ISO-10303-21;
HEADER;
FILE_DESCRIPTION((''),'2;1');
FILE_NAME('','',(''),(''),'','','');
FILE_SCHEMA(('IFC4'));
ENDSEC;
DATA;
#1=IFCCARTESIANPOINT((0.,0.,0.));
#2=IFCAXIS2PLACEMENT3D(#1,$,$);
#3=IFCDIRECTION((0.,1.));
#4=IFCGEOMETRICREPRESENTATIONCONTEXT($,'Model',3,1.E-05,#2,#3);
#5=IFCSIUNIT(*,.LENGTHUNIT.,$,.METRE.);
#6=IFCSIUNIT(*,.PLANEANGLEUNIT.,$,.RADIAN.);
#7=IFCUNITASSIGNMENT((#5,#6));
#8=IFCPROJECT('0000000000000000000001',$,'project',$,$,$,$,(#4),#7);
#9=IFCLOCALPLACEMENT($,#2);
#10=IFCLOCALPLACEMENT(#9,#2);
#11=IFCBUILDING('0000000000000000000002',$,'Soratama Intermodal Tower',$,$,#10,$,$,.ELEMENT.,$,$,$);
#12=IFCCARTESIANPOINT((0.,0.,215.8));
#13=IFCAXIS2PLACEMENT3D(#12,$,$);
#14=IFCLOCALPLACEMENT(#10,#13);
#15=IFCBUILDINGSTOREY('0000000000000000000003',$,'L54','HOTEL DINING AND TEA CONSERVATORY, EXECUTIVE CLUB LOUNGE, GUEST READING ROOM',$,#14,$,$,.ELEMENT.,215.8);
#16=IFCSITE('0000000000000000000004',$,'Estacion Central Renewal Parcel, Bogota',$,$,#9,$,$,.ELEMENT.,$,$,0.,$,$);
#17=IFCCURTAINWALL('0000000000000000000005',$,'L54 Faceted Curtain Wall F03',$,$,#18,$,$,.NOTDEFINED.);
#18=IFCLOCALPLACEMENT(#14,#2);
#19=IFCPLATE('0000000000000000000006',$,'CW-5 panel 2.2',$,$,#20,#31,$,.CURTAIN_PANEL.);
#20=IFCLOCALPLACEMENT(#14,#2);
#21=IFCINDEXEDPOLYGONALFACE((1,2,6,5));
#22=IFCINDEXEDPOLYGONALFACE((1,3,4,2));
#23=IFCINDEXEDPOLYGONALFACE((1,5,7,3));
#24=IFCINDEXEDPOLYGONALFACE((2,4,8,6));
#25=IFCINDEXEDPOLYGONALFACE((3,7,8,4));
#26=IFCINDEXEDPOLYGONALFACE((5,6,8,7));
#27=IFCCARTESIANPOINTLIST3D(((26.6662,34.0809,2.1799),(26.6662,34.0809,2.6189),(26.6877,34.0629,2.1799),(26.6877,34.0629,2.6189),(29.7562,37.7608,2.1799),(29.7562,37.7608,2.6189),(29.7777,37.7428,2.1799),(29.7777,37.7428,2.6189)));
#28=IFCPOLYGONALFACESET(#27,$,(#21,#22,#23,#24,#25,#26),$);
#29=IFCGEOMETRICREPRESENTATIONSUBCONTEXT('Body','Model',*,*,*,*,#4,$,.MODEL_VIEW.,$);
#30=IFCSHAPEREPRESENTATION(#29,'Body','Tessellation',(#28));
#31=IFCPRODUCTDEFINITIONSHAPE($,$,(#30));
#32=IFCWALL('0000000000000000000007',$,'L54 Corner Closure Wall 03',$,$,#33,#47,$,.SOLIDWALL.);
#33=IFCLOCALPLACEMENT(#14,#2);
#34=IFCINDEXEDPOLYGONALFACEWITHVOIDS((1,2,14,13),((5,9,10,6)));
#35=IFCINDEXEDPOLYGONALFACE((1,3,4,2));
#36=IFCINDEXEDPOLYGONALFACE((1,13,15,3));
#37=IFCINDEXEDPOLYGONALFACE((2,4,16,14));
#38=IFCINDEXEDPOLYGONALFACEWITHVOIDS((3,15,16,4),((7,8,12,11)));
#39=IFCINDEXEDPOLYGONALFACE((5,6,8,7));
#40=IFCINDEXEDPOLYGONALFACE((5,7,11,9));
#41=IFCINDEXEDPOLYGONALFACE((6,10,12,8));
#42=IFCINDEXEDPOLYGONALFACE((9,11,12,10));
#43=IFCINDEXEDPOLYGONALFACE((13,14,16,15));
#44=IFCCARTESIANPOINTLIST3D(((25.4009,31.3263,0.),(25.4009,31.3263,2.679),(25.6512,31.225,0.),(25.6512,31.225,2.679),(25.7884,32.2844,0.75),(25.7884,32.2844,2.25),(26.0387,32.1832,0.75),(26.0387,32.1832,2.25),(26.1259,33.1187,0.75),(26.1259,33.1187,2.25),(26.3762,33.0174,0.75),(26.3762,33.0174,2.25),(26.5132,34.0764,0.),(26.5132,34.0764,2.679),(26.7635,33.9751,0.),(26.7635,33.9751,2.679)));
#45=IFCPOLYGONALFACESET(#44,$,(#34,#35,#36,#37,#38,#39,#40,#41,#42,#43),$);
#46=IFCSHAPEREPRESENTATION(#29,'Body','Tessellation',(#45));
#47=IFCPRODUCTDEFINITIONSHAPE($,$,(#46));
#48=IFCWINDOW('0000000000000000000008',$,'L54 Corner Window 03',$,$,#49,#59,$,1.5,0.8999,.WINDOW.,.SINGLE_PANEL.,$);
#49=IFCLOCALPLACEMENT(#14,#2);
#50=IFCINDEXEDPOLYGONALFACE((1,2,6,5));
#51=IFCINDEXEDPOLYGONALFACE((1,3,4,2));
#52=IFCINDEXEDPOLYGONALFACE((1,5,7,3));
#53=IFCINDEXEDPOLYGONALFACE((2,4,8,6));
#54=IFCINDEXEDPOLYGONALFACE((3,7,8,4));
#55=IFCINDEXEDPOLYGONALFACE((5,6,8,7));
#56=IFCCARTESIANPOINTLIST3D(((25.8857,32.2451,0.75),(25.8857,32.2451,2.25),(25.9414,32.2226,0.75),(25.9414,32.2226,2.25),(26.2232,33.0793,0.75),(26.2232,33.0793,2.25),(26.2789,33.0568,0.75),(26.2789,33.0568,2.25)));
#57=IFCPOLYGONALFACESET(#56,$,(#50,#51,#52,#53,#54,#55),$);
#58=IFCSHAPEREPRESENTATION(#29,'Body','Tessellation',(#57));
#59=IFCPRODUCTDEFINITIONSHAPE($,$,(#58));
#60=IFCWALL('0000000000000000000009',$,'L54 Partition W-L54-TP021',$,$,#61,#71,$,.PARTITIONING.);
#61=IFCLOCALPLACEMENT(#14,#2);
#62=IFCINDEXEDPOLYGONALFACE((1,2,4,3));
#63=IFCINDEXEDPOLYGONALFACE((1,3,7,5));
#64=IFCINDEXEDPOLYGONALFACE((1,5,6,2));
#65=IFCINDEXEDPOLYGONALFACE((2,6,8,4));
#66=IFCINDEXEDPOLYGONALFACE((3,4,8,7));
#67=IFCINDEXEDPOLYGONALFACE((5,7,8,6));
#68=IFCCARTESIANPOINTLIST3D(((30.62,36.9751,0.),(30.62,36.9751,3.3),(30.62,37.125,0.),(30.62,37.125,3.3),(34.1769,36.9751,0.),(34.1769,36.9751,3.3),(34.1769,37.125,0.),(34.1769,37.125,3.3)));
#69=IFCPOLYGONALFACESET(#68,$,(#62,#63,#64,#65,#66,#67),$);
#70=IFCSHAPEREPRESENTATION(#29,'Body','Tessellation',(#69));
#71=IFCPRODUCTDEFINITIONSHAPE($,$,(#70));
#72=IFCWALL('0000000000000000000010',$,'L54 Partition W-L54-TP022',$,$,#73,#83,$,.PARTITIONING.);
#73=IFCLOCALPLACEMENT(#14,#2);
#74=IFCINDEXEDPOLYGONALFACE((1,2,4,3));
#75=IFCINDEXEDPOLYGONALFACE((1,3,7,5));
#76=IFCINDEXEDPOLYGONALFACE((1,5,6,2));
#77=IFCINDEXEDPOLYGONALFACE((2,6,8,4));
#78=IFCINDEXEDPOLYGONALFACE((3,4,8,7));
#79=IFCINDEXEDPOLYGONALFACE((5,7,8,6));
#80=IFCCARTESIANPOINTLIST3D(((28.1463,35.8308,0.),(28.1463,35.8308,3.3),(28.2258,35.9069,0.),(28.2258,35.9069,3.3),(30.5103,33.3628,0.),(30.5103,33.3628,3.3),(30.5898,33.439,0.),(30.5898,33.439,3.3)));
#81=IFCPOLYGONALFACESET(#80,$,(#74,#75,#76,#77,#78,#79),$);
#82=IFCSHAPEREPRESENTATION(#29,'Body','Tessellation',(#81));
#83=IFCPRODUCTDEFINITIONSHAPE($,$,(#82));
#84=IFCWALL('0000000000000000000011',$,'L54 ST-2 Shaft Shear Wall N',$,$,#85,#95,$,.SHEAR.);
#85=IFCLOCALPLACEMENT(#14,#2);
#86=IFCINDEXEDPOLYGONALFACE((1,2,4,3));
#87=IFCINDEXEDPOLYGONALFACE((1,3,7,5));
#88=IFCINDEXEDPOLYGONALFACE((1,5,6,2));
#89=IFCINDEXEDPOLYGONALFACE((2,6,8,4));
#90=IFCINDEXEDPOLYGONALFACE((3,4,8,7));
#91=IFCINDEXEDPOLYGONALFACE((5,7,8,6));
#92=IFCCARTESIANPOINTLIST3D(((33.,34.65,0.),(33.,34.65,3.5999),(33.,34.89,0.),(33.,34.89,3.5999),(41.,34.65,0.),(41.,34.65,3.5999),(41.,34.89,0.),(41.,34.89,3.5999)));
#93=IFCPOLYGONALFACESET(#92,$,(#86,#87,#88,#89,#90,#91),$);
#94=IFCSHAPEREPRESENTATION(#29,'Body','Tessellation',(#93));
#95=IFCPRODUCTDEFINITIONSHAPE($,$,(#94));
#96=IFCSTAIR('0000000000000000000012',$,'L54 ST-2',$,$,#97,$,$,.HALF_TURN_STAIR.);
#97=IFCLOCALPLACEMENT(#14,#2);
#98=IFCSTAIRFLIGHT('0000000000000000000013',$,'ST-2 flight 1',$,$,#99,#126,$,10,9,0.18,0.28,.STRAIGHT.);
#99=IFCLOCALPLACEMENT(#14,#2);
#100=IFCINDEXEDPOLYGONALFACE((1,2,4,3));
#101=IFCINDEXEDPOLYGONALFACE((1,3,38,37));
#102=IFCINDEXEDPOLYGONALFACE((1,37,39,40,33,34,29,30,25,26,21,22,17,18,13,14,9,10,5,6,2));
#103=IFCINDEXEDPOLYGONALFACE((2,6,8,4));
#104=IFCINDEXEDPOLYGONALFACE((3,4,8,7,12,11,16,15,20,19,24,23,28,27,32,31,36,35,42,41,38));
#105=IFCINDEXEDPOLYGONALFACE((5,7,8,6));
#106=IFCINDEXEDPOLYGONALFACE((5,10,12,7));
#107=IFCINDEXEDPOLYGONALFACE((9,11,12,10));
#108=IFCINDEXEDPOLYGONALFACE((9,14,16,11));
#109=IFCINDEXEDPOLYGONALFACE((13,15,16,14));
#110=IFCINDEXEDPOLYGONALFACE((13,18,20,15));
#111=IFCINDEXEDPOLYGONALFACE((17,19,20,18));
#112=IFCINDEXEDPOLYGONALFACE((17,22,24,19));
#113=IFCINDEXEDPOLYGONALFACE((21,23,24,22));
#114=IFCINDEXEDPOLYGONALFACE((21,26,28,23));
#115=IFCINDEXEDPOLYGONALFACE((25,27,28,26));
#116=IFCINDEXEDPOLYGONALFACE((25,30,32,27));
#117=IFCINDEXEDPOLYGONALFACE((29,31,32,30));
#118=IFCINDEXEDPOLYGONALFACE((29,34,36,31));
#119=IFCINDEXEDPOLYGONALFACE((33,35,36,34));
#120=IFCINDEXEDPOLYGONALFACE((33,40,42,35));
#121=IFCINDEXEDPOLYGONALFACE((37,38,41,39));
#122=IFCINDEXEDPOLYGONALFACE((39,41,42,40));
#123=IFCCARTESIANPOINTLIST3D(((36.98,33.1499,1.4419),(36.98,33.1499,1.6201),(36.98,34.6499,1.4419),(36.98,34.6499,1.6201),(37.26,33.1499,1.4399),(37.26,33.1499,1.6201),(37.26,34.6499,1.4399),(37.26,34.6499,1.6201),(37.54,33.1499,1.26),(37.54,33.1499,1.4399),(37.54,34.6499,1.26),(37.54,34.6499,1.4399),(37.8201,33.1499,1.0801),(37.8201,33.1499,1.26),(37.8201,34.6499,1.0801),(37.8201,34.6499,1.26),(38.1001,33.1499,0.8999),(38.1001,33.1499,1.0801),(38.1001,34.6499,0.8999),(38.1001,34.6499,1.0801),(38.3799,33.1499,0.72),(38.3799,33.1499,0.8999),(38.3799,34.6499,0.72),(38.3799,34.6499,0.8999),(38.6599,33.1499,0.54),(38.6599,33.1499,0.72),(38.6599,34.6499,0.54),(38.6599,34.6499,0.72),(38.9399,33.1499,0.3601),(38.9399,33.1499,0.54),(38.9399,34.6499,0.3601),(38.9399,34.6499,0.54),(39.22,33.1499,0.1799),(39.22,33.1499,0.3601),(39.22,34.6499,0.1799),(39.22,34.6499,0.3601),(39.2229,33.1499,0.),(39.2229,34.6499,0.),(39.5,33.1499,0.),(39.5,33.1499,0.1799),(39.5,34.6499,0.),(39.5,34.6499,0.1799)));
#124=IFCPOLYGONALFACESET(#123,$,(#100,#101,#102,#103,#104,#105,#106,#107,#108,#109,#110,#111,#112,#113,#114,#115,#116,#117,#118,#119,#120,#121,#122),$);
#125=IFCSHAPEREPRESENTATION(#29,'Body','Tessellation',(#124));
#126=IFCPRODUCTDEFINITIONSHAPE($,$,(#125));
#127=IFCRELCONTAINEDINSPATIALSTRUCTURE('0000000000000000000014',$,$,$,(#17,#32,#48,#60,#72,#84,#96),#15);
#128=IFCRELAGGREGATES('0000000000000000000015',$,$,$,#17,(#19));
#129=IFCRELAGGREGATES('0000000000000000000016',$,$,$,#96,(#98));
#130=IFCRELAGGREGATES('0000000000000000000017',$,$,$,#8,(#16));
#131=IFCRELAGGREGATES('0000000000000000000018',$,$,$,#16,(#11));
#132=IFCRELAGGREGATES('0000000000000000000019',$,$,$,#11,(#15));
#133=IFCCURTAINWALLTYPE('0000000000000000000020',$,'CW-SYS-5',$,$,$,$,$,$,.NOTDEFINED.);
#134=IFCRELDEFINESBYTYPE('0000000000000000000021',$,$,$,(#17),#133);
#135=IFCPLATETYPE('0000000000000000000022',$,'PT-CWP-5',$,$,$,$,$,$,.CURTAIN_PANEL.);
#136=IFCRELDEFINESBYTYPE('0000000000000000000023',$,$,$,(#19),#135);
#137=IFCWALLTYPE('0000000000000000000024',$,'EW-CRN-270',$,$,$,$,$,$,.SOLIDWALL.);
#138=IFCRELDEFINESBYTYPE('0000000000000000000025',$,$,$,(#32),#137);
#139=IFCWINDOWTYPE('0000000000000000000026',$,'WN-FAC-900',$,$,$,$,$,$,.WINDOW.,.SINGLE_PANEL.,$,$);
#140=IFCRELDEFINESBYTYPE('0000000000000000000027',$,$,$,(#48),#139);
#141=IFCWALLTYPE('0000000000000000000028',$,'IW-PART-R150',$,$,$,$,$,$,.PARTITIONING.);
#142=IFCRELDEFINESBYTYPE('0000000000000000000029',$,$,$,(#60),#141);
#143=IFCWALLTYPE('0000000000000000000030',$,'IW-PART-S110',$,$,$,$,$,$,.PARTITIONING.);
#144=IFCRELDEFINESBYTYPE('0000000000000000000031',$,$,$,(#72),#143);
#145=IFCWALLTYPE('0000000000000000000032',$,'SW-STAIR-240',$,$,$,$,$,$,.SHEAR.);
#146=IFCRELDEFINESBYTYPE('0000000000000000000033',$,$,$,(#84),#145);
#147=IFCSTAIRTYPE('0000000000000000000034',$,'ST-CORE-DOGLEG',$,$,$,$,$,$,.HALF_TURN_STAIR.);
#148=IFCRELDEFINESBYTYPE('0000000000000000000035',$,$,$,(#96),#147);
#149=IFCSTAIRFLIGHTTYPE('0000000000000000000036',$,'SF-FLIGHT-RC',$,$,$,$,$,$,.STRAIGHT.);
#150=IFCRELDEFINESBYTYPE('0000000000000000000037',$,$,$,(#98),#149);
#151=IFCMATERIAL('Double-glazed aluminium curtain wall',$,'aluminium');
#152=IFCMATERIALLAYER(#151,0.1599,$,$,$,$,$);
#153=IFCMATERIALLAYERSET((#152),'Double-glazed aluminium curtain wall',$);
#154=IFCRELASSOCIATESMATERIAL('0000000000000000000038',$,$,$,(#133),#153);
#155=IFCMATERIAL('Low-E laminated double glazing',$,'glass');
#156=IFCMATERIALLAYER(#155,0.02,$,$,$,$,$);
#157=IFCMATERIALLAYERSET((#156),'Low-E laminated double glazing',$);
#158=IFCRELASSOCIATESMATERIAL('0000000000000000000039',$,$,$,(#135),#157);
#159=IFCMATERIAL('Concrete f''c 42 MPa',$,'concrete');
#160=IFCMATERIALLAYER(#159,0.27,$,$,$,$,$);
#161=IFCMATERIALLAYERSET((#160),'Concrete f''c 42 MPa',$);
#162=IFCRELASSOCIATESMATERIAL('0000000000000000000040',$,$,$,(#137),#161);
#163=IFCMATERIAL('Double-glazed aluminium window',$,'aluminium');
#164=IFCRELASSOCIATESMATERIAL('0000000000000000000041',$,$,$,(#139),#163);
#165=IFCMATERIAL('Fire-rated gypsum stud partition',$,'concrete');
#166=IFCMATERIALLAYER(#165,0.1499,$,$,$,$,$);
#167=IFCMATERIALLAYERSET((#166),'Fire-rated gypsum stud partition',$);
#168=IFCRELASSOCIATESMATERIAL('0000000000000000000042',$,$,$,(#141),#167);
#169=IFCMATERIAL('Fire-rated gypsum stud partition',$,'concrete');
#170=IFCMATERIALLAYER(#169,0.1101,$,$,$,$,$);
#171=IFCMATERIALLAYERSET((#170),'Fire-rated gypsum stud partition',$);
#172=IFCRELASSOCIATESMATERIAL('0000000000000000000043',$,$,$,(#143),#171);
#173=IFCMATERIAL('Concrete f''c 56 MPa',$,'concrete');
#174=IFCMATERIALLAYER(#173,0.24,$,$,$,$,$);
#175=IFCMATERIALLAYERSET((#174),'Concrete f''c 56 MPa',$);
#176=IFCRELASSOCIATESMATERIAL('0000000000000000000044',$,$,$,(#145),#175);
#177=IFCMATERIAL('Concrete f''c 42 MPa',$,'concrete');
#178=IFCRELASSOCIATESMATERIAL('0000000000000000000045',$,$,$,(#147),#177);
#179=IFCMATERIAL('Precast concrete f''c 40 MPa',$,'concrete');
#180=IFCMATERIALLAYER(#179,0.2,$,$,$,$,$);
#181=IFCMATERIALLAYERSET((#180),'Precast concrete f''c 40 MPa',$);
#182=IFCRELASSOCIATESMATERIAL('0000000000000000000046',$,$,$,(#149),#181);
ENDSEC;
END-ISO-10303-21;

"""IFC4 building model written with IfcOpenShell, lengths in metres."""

from ifc_helpers import new_model, si_unit, direction, frame, frame_2d, origin, origin_2d, place, context, subcontext, project, spatial, polyline, rectangle, outline, extrude, material, layer, layer_set, type_object, element, fill, aggregate, save


model = new_model("IFC4")

# Units and contexts
model_context = context("Model", 3, precision=1e-05, world=origin(), true_north=direction((0.0, 1.0)))
body_context = subcontext(model_context, "Body", "Model", "MODEL_VIEW")
ifc_project = project(units=[si_unit("LENGTHUNIT", "METRE"), si_unit("PLANEANGLEUNIT", "RADIAN")], contexts=[model_context])

# Site, building, storey
site_placement = place(None, origin())
site = spatial("IfcSite", under=ifc_project, at=site_placement, Name="Estacion Central Renewal Parcel, Bogota", CompositionType="ELEMENT", RefElevation=0.0)
building_placement = place(site_placement, origin())
building = spatial("IfcBuilding", under=site, at=building_placement, Name="Soratama Intermodal Tower", CompositionType="ELEMENT")
storey_placement = place(building_placement, frame((0.0, 0.0, 215.8)))
storey = spatial("IfcBuildingStorey", under=building, at=storey_placement, Name="L54", Description="HOTEL DINING AND TEA CONSERVATORY, EXECUTIVE CLUB LOUNGE, GUEST READING ROOM", CompositionType="ELEMENT", Elevation=215.8)

# Curtain wall, plate
ifc_material_1 = material(Name="Double-glazed aluminium curtain wall", Category="aluminium")
ifc_layer_1 = layer(ifc_material_1, 0.1599)
ifc_layer_set_1 = layer_set([ifc_layer_1], Name="Double-glazed aluminium curtain wall")
curtain_wall_type = type_object("IfcCurtainWallType", Name="CW-SYS-5", PredefinedType="NOTDEFINED", material=ifc_layer_set_1)
curtain_wall_placement = place(storey_placement, origin())
curtain_wall = element("IfcCurtainWall", 1, at=curtain_wall_placement, inside=storey, type_object=curtain_wall_type, Name="L54 Faceted Curtain Wall F03", PredefinedType="NOTDEFINED")
ifc_material_2 = material(Name="Low-E laminated double glazing", Category="glass")
ifc_layer_2 = layer(ifc_material_2, 0.02)
ifc_layer_set_2 = layer_set([ifc_layer_2], Name="Low-E laminated double glazing")
plate_type = type_object("IfcPlateType", Name="PT-CWP-5", PredefinedType="CURTAIN_PANEL", material=ifc_layer_set_2)
plate_1_placement = place(storey_placement, frame((28.2219, 35.9119, 2.1799), z_axis=(0.0, 0.0, 1.0), x_axis=(-0.643051, -0.765823, 0.0)))
plate_1 = element("IfcPlate", 2, at=plate_1_placement, type_object=plate_type, Name="CW-5 panel 2.2", PredefinedType="CURTAIN_PANEL", context=body_context, shape_type="SweptSolid", body=[
    extrude(rectangle(XDim=4.8052, YDim=0.0281, at=origin_2d()), origin(), (0.0, 0.0, 1.0), 0.439),
])
aggregate(curtain_wall, [plate_1])

# Wall, opening, window
ifc_material_3 = material(Name="Concrete f'c 42 MPa", Category="concrete")
ifc_layer_3 = layer(ifc_material_3, 0.27)
ifc_layer_set_3 = layer_set([ifc_layer_3], Name="Concrete f'c 42 MPa")
wall_type_1 = type_object("IfcWallType", Name="EW-CRN-270", PredefinedType="SOLIDWALL", material=ifc_layer_set_3)
wall_1_placement = place(storey_placement, frame((26.6384, 34.0259, 0.0), z_axis=(0.0, 0.0, 1.0), x_axis=(-0.374964, -0.927039, 0.0)))
wall_1 = element("IfcWall", 3, at=wall_1_placement, inside=storey, type_object=wall_type_1, Name="L54 Corner Closure Wall 03", PredefinedType="SOLIDWALL", context=body_context, shape_type="SweptSolid", body=[
    extrude(rectangle(XDim=2.9666, YDim=0.27, at=frame_2d((1.4834, 0.0))), origin(), (0.0, 0.0, 1.0), 2.679),
])
opening_1_placement = place(wall_1_placement, frame((1.0332, 0.0, 0.75)))
opening_1 = element("IfcOpeningElement", 4, at=opening_1_placement, cuts=wall_1, PredefinedType="OPENING", context=body_context, shape_type="SweptSolid", body=[
    extrude(rectangle(XDim=0.8999, YDim=1.5, at=frame_2d((0.45, 0.75))), frame((0.0, 0.145, 0.0), z_axis=(0.0, -1.0, 0.0), x_axis=(1.0, 0.0, 0.0)), (0.0, 0.0, 1.0), 0.29),
])
ifc_material_4 = material(Name="Double-glazed aluminium window", Category="aluminium")
window_type = type_object("IfcWindowType", Name="WN-FAC-900", PartitioningType="SINGLE_PANEL", PredefinedType="WINDOW", material=ifc_material_4)
window_placement = place(opening_1_placement, origin())
window = element("IfcWindow", 5, at=window_placement, inside=storey, type_object=window_type, Name="L54 Corner Window 03", OverallHeight=1.5, OverallWidth=0.8999, PartitioningType="SINGLE_PANEL", PredefinedType="WINDOW", context=body_context, shape_type="SweptSolid", body=[
    extrude(rectangle(XDim=0.8999, YDim=1.5, at=frame_2d((0.45, 0.75))), frame((0.0, 0.03, 0.0), z_axis=(0.0, -1.0, 0.0), x_axis=(1.0, 0.0, 0.0)), (0.0, 0.0, 1.0), 0.0601),
])
fill(opening_1, window)

# Shared definitions
ifc_material_5 = material(Name="Fire-rated gypsum stud partition", Category="concrete")
ifc_layer_4 = layer(ifc_material_5, 0.1499)
ifc_layer_set_4 = layer_set([ifc_layer_4], Name="Fire-rated gypsum stud partition")
wall_type_2 = type_object("IfcWallType", Name="IW-PART-R150", PredefinedType="PARTITIONING", material=ifc_layer_set_4)

# Walls
wall_2_placement = place(storey_placement, frame((30.6201, 37.05, 0.0), z_axis=(0.0, 0.0, 1.0), x_axis=(1.0, 0.0, 0.0)))
element("IfcWall", 6, at=wall_2_placement, inside=storey, type_object=wall_type_2, Name="L54 Partition W-L54-TP021", PredefinedType="PARTITIONING", context=body_context, shape_type="SweptSolid", body=[
    extrude(rectangle(XDim=3.5569, YDim=0.1499, at=frame_2d((1.7783, 0.0))), origin(), (0.0, 0.0, 1.0), 3.3),
])
ifc_material_6 = material(Name="Fire-rated gypsum stud partition", Category="concrete")
ifc_layer_5 = layer(ifc_material_6, 0.1101)
ifc_layer_set_5 = layer_set([ifc_layer_5], Name="Fire-rated gypsum stud partition")
wall_type_3 = type_object("IfcWallType", Name="IW-PART-S110", PredefinedType="PARTITIONING", material=ifc_layer_set_5)
wall_3_placement = place(storey_placement, frame((30.55, 33.4009, 0.0), z_axis=(0.0, 0.0, 1.0), x_axis=(-0.691727, 0.722159, 0.0)))
element("IfcWall", 7, at=wall_3_placement, inside=storey, type_object=wall_type_3, Name="L54 Partition W-L54-TP022", PredefinedType="PARTITIONING", context=body_context, shape_type="SweptSolid", body=[
    extrude(rectangle(XDim=3.4175, YDim=0.1101, at=frame_2d((1.7087, 0.0))), origin(), (0.0, 0.0, 1.0), 3.3),
])
ifc_material_7 = material(Name="Concrete f'c 56 MPa", Category="concrete")
ifc_layer_6 = layer(ifc_material_7, 0.24)
ifc_layer_set_6 = layer_set([ifc_layer_6], Name="Concrete f'c 56 MPa")
wall_type_4 = type_object("IfcWallType", Name="SW-STAIR-240", PredefinedType="SHEAR", material=ifc_layer_set_6)
wall_4_placement = place(storey_placement, frame((33.0, 34.77, 0.0), z_axis=(0.0, 0.0, 1.0), x_axis=(1.0, 0.0, 0.0)))
element("IfcWall", 8, at=wall_4_placement, inside=storey, type_object=wall_type_4, Name="L54 ST-2 Shaft Shear Wall N", PredefinedType="SHEAR", context=body_context, shape_type="SweptSolid", body=[
    extrude(rectangle(XDim=8.0, YDim=0.24, at=frame_2d((4.0, 0.0))), origin(), (0.0, 0.0, 1.0), 3.5999),
])

# Stair, stair flight
ifc_material_8 = material(Name="Concrete f'c 42 MPa", Category="concrete")
stair_type = type_object("IfcStairType", Name="ST-CORE-DOGLEG", PredefinedType="HALF_TURN_STAIR", material=ifc_material_8)
stair_placement = place(storey_placement, origin())
stair = element("IfcStair", 9, at=stair_placement, inside=storey, type_object=stair_type, Name="L54 ST-2", PredefinedType="HALF_TURN_STAIR")
ifc_material_9 = material(Name="Precast concrete f'c 40 MPa", Category="concrete")
ifc_layer_7 = layer(ifc_material_9, 0.2)
ifc_layer_set_7 = layer_set([ifc_layer_7], Name="Precast concrete f'c 40 MPa")
stair_flight_type = type_object("IfcStairFlightType", Name="SF-FLIGHT-RC", PredefinedType="STRAIGHT", material=ifc_layer_set_7)
stair_flight_placement = place(storey_placement, frame((39.5, 33.8999, 0.0), z_axis=(0.0, 0.0, 1.0), x_axis=(-1.0, 0.0, 0.0)))
stair_flight = element("IfcStairFlight", 10, at=stair_flight_placement, type_object=stair_flight_type, Name="ST-2 flight 1", NumberOfRisers=10, NumberOfTreads=9, PredefinedType="STRAIGHT", RiserHeight=0.18, TreadLength=0.28, context=body_context, shape_type="SweptSolid", body=[
    extrude(outline(polyline([(0.0, 0.0), (0.0, 0.1799), (0.28, 0.1799), (0.28, 0.3601), (0.5601, 0.3601), (0.5601, 0.54), (0.8401, 0.54), (0.8401, 0.72), (1.1201, 0.72), (1.1201, 0.8999), (1.3999, 0.8999), (1.3999, 1.0801), (1.6799, 1.0801), (1.6799, 1.26), (1.96, 1.26), (1.96, 1.4399), (2.24, 1.4399), (2.24, 1.6201), (2.52, 1.6201), (2.52, 1.8), (2.52, 1.4419), (0.2771, 0.0), (0.0, 0.0)])), frame((0.0, 0.75, 0.0), z_axis=(0.0, -1.0, 0.0), x_axis=(1.0, 0.0, 0.0)), (0.0, 0.0, 1.0), 1.5),
])
aggregate(stair, [stair_flight])

save(model, "model.ifc")
